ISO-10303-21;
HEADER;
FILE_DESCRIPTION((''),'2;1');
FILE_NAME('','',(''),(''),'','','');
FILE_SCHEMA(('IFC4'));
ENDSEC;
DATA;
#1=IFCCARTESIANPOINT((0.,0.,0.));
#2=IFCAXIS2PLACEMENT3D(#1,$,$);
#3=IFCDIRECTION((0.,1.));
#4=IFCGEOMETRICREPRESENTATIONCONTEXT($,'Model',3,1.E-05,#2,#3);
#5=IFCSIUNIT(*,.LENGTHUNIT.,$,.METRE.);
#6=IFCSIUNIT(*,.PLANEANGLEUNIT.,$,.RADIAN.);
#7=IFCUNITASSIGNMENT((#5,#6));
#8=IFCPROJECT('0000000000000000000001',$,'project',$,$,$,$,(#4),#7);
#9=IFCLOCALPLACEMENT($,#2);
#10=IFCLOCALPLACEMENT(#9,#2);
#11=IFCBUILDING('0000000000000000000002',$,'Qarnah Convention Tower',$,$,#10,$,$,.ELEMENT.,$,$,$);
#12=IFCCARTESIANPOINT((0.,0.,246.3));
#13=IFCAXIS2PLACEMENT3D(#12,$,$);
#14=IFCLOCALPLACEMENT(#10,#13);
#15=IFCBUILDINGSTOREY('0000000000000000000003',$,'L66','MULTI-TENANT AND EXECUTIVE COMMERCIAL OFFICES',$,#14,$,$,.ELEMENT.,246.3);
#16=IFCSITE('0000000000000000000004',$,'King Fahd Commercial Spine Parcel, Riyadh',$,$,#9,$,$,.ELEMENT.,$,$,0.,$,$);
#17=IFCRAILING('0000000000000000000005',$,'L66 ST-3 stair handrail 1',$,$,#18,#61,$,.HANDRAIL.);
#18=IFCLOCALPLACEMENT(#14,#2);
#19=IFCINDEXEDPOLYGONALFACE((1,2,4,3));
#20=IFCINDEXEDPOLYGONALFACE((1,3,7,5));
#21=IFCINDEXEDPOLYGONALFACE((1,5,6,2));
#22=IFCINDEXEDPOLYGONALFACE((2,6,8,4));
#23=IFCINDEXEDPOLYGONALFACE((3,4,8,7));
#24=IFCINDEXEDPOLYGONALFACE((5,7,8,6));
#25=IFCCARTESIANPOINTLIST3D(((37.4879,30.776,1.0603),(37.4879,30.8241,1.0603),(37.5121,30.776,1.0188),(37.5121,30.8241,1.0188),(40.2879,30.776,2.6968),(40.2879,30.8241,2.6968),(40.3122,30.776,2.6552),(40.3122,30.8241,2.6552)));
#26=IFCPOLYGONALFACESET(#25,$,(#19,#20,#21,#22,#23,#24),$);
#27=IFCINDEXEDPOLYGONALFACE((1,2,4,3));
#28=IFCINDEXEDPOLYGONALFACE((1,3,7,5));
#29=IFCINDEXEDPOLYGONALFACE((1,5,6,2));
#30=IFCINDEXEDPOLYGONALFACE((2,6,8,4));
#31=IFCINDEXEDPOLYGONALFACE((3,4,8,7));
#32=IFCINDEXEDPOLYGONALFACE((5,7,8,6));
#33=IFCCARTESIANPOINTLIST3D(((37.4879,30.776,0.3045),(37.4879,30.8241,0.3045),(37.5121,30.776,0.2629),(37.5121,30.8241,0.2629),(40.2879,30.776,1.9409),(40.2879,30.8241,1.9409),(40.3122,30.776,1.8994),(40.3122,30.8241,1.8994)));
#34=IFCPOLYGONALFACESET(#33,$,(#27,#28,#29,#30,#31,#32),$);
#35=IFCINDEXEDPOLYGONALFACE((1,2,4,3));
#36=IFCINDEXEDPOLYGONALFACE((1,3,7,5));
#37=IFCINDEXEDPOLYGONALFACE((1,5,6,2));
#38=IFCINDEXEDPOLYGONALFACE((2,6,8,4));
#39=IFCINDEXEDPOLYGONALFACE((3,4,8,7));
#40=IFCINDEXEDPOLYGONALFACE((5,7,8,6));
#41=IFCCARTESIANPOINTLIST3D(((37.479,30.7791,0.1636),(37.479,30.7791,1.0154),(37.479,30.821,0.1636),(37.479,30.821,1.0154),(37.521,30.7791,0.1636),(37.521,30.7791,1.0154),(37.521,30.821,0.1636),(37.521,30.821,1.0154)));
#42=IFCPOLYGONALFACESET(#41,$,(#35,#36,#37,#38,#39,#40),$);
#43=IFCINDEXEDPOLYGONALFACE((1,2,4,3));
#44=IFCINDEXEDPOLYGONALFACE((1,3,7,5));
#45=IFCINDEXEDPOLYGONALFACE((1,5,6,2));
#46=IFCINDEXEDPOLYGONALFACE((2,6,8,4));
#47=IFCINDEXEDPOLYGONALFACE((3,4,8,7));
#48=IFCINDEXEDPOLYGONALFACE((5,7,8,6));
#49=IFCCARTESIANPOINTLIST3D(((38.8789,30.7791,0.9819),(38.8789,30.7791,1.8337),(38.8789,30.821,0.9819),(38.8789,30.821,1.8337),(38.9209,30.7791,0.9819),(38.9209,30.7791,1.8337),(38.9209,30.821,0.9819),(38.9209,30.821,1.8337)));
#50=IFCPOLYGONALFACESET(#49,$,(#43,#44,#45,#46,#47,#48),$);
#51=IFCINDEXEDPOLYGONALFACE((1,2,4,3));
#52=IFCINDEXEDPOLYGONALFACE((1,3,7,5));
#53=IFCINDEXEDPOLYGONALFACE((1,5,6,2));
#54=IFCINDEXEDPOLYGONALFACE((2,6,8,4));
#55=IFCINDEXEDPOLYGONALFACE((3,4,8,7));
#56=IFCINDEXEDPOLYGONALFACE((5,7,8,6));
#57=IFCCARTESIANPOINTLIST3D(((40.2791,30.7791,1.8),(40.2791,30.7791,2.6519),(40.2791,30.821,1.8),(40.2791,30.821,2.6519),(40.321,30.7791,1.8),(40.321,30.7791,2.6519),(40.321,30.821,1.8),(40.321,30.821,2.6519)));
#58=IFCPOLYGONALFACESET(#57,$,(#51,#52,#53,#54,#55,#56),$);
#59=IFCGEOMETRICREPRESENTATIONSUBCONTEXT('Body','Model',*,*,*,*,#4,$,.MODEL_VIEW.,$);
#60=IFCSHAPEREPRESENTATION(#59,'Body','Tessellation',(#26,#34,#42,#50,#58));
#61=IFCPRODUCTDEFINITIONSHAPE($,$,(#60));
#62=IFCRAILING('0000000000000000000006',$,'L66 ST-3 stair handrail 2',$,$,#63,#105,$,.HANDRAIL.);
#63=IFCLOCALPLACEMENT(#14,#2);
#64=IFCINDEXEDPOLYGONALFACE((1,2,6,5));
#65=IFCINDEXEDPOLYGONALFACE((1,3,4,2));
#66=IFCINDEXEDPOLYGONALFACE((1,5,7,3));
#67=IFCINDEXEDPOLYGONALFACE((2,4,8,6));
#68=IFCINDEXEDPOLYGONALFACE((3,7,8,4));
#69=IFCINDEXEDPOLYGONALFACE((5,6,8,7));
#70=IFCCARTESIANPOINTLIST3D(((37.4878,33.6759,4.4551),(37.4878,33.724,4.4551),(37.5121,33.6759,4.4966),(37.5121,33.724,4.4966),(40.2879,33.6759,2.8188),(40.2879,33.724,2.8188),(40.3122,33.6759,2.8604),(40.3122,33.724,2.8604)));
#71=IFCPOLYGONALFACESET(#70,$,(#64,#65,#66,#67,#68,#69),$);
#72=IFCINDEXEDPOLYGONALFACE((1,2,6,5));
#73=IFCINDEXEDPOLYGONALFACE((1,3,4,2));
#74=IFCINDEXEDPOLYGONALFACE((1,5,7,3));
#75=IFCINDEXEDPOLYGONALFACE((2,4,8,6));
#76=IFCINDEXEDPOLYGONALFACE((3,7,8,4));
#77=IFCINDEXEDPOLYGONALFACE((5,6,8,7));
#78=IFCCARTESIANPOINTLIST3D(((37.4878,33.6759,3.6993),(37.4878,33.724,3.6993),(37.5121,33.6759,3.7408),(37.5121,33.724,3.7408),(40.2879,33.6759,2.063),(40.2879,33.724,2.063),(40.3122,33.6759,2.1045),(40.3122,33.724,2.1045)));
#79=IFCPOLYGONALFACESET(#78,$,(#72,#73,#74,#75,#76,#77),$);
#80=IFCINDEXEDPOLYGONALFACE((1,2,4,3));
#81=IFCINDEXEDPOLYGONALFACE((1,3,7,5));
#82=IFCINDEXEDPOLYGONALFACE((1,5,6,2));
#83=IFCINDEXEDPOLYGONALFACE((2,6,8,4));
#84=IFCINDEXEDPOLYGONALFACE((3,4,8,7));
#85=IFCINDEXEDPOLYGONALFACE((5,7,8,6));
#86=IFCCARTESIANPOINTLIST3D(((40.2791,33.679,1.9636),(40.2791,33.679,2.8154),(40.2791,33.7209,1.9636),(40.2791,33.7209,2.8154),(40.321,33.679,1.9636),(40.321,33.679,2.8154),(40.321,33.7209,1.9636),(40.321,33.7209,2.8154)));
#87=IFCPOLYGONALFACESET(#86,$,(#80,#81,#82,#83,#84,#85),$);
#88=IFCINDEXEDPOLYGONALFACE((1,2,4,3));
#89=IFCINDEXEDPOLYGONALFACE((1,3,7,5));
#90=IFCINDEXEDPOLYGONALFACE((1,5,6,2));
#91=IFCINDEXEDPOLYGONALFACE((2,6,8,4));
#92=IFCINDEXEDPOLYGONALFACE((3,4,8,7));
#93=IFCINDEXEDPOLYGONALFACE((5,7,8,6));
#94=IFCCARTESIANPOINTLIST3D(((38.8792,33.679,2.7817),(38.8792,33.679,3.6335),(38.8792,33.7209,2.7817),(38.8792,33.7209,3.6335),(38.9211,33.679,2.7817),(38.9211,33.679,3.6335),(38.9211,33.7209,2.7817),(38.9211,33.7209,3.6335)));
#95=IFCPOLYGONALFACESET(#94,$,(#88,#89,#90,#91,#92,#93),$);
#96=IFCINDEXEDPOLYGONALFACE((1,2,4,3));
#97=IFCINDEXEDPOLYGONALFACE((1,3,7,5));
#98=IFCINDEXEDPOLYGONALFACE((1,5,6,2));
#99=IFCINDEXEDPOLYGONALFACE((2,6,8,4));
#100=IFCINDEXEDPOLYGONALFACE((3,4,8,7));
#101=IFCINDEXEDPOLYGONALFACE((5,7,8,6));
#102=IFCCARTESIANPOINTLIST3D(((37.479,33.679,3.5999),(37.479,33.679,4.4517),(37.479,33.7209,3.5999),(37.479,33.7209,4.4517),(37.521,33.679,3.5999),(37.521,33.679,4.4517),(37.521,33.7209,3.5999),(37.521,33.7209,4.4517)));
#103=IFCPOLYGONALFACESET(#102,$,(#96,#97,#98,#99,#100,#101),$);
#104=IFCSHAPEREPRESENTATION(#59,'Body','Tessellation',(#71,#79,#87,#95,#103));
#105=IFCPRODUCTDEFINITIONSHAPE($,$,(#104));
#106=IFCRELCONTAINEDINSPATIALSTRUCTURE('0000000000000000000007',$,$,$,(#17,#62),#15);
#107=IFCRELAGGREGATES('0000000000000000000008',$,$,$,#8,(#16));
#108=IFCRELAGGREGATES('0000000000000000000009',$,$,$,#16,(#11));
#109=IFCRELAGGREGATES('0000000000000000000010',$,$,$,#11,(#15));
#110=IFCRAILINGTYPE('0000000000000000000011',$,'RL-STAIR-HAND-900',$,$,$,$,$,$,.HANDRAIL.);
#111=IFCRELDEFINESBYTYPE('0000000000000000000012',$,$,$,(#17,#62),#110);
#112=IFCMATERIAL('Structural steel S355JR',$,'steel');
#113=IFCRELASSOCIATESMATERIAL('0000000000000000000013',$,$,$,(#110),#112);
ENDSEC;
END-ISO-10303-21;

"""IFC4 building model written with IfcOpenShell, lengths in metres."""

from ifc_helpers import new_model, si_unit, direction, frame, origin, origin_2d, place, context, subcontext, project, spatial, rectangle, extrude, material, type_object, element, save


model = new_model("IFC4")

# Units and contexts
model_context = context("Model", 3, precision=1e-05, world=origin(), true_north=direction((0.0, 1.0)))
body_context = subcontext(model_context, "Body", "Model", "MODEL_VIEW")
ifc_project = project(units=[si_unit("LENGTHUNIT", "METRE"), si_unit("PLANEANGLEUNIT", "RADIAN")], contexts=[model_context])

# Site, building, storey
site_placement = place(None, origin())
site = spatial("IfcSite", under=ifc_project, at=site_placement, Name="King Fahd Commercial Spine Parcel, Riyadh", CompositionType="ELEMENT", RefElevation=0.0)
building_placement = place(site_placement, origin())
building = spatial("IfcBuilding", under=site, at=building_placement, Name="Qarnah Convention Tower", CompositionType="ELEMENT")
storey_placement = place(building_placement, frame((0.0, 0.0, 246.3)))
storey = spatial("IfcBuildingStorey", under=building, at=storey_placement, Name="L66", Description="MULTI-TENANT AND EXECUTIVE COMMERCIAL OFFICES", CompositionType="ELEMENT", Elevation=246.3)

# Shared definitions
ifc_material_1 = material(Name="Structural steel S355JR", Category="steel")

# Railings
railing_type_1 = type_object("IfcRailingType", Name="RL-STAIR-HAND-900", PredefinedType="HANDRAIL", material=ifc_material_1)
railing_1_placement = place(storey_placement, frame((37.5, 30.8, 0.1636)))
element("IfcRailing", 1, at=railing_1_placement, inside=storey, type_object=railing_type_1, Name="L66 ST-3 stair handrail 1", PredefinedType="HANDRAIL", context=body_context, shape_type="SweptSolid", body=[
    extrude(rectangle(XDim=0.0481, YDim=0.0481, at=origin_2d()), frame((0.0, 0.0, 0.876), z_axis=(0.863361, 0.0, 0.504587), x_axis=(0.0, 1.0, 0.0)), (0.0, 0.0, 1.0), 3.2432),
    extrude(rectangle(XDim=0.0481, YDim=0.0481, at=origin_2d()), frame((0.0, 0.0, 0.1201), z_axis=(0.863361, 0.0, 0.504587), x_axis=(0.0, 1.0, 0.0)), (0.0, 0.0, 1.0), 3.2432),
    extrude(rectangle(XDim=0.042, YDim=0.042, at=origin_2d()), origin(), (0.0, 0.0, 1.0), 0.8518),
    extrude(rectangle(XDim=0.042, YDim=0.042, at=origin_2d()), frame((1.3999, 0.0, 0.8184)), (0.0, 0.0, 1.0), 0.8518),
    extrude(rectangle(XDim=0.042, YDim=0.042, at=origin_2d()), frame((2.8, 0.0, 1.6365)), (0.0, 0.0, 1.0), 0.8518),
])
railing_2_placement = place(storey_placement, frame((40.3, 33.7, 1.9636)))
element("IfcRailing", 2, at=railing_2_placement, inside=storey, type_object=railing_type_1, Name="L66 ST-3 stair handrail 2", PredefinedType="HANDRAIL", context=body_context, shape_type="SweptSolid", body=[
    extrude(rectangle(XDim=0.0481, YDim=0.0481, at=origin_2d()), frame((0.0, 0.0, 0.876), z_axis=(-0.863394, 0.0, 0.504531), x_axis=(0.0, -1.0, 0.0)), (0.0, 0.0, 1.0), 3.2432),
    extrude(rectangle(XDim=0.0481, YDim=0.0481, at=origin_2d()), frame((0.0, 0.0, 0.1201), z_axis=(-0.863394, 0.0, 0.504531), x_axis=(0.0, -1.0, 0.0)), (0.0, 0.0, 1.0), 3.2432),
    extrude(rectangle(XDim=0.042, YDim=0.042, at=origin_2d()), origin(), (0.0, 0.0, 1.0), 0.8518),
    extrude(rectangle(XDim=0.042, YDim=0.042, at=origin_2d()), frame((-1.3999, 0.0, 0.8181)), (0.0, 0.0, 1.0), 0.8518),
    extrude(rectangle(XDim=0.042, YDim=0.042, at=origin_2d()), frame((-2.8, 0.0, 1.6362)), (0.0, 0.0, 1.0), 0.8518),
])

save(model, "model.ifc")
